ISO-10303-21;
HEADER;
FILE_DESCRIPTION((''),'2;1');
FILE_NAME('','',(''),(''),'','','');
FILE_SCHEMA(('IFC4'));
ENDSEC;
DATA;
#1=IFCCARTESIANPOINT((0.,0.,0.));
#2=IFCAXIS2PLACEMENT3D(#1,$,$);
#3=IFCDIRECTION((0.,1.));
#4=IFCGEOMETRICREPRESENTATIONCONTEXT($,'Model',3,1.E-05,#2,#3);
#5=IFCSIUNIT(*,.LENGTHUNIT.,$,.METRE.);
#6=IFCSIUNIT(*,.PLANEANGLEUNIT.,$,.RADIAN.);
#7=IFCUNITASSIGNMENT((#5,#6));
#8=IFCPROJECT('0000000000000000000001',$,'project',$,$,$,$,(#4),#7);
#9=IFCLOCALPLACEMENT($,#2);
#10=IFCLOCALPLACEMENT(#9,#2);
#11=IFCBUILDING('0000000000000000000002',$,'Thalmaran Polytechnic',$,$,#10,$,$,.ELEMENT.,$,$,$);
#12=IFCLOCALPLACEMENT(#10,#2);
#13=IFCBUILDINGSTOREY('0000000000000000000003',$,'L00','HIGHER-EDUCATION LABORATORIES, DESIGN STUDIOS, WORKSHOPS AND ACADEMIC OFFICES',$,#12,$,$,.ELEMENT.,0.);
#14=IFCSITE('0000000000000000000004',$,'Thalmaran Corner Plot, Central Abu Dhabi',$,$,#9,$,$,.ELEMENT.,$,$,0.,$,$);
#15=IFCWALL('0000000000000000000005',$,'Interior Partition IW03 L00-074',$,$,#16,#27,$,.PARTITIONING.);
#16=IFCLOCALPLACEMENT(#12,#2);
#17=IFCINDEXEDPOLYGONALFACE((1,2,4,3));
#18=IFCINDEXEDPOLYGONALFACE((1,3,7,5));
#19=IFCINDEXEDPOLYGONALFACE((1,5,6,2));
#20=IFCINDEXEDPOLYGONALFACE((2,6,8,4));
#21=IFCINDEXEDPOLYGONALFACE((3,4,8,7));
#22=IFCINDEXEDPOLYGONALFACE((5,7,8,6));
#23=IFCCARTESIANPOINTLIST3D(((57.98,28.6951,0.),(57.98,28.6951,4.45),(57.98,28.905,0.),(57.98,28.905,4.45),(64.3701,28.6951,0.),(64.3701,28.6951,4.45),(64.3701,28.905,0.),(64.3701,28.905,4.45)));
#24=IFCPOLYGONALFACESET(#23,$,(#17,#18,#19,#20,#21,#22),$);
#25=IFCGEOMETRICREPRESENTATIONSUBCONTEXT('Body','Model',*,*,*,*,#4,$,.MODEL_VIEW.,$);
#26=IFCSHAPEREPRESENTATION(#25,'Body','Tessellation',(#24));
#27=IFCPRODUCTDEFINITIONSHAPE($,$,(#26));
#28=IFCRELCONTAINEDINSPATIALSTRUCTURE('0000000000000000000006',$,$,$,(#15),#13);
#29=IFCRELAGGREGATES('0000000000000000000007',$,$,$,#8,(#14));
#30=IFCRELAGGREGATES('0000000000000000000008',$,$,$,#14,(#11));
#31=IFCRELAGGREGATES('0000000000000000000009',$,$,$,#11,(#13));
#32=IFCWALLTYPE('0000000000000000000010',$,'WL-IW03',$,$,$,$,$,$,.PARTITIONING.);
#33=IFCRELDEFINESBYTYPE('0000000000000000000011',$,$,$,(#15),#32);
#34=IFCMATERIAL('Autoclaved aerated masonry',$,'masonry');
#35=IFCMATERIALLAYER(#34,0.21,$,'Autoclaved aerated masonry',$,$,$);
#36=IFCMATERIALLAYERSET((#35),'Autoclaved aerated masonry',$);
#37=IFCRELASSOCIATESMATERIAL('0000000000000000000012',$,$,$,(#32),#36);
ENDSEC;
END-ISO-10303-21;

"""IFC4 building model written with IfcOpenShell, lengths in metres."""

from ifc_helpers import new_model, si_unit, direction, frame, frame_2d, origin, place, context, subcontext, project, spatial, rectangle, extrude, material, layer, layer_set, type_object, element, save


model = new_model("IFC4")

# Units and contexts
model_context = context("Model", 3, precision=1e-05, world=origin(), true_north=direction((0.0, 1.0)))
body_context = subcontext(model_context, "Body", "Model", "MODEL_VIEW")
ifc_project = project(units=[si_unit("LENGTHUNIT", "METRE"), si_unit("PLANEANGLEUNIT", "RADIAN")], contexts=[model_context])

# Site, building, storey
site_placement = place(None, origin())
site = spatial("IfcSite", under=ifc_project, at=site_placement, Name="Thalmaran Corner Plot, Central Abu Dhabi", CompositionType="ELEMENT", RefElevation=0.0)
building_placement = place(site_placement, origin())
building = spatial("IfcBuilding", under=site, at=building_placement, Name="Thalmaran Polytechnic", CompositionType="ELEMENT")
storey_placement = place(building_placement, origin())
storey = spatial("IfcBuildingStorey", under=building, at=storey_placement, Name="L00", Description="HIGHER-EDUCATION LABORATORIES, DESIGN STUDIOS, WORKSHOPS AND ACADEMIC OFFICES", CompositionType="ELEMENT", Elevation=0.0)

# Wall
ifc_material_1 = material(Name="Autoclaved aerated masonry", Category="masonry")
ifc_layer_1 = layer(ifc_material_1, 0.21, Name="Autoclaved aerated masonry")
ifc_layer_set_1 = layer_set([ifc_layer_1], Name="Autoclaved aerated masonry")
wall_type_1 = type_object("IfcWallType", Name="WL-IW03", PredefinedType="PARTITIONING", material=ifc_layer_set_1)
wall_1_placement = place(storey_placement, frame((57.98, 28.8, 0.0), z_axis=(0.0, 0.0, 1.0), x_axis=(1.0, 0.0, 0.0)))
element("IfcWall", 1, at=wall_1_placement, inside=storey, type_object=wall_type_1, Name="Interior Partition IW03 L00-074", PredefinedType="PARTITIONING", context=body_context, shape_type="SweptSolid", body=[
    extrude(rectangle(XDim=6.3901, YDim=0.21, at=frame_2d((3.1951, 0.0))), origin(), (0.0, 0.0, 1.0), 4.45),
])

save(model, "model.ifc")
